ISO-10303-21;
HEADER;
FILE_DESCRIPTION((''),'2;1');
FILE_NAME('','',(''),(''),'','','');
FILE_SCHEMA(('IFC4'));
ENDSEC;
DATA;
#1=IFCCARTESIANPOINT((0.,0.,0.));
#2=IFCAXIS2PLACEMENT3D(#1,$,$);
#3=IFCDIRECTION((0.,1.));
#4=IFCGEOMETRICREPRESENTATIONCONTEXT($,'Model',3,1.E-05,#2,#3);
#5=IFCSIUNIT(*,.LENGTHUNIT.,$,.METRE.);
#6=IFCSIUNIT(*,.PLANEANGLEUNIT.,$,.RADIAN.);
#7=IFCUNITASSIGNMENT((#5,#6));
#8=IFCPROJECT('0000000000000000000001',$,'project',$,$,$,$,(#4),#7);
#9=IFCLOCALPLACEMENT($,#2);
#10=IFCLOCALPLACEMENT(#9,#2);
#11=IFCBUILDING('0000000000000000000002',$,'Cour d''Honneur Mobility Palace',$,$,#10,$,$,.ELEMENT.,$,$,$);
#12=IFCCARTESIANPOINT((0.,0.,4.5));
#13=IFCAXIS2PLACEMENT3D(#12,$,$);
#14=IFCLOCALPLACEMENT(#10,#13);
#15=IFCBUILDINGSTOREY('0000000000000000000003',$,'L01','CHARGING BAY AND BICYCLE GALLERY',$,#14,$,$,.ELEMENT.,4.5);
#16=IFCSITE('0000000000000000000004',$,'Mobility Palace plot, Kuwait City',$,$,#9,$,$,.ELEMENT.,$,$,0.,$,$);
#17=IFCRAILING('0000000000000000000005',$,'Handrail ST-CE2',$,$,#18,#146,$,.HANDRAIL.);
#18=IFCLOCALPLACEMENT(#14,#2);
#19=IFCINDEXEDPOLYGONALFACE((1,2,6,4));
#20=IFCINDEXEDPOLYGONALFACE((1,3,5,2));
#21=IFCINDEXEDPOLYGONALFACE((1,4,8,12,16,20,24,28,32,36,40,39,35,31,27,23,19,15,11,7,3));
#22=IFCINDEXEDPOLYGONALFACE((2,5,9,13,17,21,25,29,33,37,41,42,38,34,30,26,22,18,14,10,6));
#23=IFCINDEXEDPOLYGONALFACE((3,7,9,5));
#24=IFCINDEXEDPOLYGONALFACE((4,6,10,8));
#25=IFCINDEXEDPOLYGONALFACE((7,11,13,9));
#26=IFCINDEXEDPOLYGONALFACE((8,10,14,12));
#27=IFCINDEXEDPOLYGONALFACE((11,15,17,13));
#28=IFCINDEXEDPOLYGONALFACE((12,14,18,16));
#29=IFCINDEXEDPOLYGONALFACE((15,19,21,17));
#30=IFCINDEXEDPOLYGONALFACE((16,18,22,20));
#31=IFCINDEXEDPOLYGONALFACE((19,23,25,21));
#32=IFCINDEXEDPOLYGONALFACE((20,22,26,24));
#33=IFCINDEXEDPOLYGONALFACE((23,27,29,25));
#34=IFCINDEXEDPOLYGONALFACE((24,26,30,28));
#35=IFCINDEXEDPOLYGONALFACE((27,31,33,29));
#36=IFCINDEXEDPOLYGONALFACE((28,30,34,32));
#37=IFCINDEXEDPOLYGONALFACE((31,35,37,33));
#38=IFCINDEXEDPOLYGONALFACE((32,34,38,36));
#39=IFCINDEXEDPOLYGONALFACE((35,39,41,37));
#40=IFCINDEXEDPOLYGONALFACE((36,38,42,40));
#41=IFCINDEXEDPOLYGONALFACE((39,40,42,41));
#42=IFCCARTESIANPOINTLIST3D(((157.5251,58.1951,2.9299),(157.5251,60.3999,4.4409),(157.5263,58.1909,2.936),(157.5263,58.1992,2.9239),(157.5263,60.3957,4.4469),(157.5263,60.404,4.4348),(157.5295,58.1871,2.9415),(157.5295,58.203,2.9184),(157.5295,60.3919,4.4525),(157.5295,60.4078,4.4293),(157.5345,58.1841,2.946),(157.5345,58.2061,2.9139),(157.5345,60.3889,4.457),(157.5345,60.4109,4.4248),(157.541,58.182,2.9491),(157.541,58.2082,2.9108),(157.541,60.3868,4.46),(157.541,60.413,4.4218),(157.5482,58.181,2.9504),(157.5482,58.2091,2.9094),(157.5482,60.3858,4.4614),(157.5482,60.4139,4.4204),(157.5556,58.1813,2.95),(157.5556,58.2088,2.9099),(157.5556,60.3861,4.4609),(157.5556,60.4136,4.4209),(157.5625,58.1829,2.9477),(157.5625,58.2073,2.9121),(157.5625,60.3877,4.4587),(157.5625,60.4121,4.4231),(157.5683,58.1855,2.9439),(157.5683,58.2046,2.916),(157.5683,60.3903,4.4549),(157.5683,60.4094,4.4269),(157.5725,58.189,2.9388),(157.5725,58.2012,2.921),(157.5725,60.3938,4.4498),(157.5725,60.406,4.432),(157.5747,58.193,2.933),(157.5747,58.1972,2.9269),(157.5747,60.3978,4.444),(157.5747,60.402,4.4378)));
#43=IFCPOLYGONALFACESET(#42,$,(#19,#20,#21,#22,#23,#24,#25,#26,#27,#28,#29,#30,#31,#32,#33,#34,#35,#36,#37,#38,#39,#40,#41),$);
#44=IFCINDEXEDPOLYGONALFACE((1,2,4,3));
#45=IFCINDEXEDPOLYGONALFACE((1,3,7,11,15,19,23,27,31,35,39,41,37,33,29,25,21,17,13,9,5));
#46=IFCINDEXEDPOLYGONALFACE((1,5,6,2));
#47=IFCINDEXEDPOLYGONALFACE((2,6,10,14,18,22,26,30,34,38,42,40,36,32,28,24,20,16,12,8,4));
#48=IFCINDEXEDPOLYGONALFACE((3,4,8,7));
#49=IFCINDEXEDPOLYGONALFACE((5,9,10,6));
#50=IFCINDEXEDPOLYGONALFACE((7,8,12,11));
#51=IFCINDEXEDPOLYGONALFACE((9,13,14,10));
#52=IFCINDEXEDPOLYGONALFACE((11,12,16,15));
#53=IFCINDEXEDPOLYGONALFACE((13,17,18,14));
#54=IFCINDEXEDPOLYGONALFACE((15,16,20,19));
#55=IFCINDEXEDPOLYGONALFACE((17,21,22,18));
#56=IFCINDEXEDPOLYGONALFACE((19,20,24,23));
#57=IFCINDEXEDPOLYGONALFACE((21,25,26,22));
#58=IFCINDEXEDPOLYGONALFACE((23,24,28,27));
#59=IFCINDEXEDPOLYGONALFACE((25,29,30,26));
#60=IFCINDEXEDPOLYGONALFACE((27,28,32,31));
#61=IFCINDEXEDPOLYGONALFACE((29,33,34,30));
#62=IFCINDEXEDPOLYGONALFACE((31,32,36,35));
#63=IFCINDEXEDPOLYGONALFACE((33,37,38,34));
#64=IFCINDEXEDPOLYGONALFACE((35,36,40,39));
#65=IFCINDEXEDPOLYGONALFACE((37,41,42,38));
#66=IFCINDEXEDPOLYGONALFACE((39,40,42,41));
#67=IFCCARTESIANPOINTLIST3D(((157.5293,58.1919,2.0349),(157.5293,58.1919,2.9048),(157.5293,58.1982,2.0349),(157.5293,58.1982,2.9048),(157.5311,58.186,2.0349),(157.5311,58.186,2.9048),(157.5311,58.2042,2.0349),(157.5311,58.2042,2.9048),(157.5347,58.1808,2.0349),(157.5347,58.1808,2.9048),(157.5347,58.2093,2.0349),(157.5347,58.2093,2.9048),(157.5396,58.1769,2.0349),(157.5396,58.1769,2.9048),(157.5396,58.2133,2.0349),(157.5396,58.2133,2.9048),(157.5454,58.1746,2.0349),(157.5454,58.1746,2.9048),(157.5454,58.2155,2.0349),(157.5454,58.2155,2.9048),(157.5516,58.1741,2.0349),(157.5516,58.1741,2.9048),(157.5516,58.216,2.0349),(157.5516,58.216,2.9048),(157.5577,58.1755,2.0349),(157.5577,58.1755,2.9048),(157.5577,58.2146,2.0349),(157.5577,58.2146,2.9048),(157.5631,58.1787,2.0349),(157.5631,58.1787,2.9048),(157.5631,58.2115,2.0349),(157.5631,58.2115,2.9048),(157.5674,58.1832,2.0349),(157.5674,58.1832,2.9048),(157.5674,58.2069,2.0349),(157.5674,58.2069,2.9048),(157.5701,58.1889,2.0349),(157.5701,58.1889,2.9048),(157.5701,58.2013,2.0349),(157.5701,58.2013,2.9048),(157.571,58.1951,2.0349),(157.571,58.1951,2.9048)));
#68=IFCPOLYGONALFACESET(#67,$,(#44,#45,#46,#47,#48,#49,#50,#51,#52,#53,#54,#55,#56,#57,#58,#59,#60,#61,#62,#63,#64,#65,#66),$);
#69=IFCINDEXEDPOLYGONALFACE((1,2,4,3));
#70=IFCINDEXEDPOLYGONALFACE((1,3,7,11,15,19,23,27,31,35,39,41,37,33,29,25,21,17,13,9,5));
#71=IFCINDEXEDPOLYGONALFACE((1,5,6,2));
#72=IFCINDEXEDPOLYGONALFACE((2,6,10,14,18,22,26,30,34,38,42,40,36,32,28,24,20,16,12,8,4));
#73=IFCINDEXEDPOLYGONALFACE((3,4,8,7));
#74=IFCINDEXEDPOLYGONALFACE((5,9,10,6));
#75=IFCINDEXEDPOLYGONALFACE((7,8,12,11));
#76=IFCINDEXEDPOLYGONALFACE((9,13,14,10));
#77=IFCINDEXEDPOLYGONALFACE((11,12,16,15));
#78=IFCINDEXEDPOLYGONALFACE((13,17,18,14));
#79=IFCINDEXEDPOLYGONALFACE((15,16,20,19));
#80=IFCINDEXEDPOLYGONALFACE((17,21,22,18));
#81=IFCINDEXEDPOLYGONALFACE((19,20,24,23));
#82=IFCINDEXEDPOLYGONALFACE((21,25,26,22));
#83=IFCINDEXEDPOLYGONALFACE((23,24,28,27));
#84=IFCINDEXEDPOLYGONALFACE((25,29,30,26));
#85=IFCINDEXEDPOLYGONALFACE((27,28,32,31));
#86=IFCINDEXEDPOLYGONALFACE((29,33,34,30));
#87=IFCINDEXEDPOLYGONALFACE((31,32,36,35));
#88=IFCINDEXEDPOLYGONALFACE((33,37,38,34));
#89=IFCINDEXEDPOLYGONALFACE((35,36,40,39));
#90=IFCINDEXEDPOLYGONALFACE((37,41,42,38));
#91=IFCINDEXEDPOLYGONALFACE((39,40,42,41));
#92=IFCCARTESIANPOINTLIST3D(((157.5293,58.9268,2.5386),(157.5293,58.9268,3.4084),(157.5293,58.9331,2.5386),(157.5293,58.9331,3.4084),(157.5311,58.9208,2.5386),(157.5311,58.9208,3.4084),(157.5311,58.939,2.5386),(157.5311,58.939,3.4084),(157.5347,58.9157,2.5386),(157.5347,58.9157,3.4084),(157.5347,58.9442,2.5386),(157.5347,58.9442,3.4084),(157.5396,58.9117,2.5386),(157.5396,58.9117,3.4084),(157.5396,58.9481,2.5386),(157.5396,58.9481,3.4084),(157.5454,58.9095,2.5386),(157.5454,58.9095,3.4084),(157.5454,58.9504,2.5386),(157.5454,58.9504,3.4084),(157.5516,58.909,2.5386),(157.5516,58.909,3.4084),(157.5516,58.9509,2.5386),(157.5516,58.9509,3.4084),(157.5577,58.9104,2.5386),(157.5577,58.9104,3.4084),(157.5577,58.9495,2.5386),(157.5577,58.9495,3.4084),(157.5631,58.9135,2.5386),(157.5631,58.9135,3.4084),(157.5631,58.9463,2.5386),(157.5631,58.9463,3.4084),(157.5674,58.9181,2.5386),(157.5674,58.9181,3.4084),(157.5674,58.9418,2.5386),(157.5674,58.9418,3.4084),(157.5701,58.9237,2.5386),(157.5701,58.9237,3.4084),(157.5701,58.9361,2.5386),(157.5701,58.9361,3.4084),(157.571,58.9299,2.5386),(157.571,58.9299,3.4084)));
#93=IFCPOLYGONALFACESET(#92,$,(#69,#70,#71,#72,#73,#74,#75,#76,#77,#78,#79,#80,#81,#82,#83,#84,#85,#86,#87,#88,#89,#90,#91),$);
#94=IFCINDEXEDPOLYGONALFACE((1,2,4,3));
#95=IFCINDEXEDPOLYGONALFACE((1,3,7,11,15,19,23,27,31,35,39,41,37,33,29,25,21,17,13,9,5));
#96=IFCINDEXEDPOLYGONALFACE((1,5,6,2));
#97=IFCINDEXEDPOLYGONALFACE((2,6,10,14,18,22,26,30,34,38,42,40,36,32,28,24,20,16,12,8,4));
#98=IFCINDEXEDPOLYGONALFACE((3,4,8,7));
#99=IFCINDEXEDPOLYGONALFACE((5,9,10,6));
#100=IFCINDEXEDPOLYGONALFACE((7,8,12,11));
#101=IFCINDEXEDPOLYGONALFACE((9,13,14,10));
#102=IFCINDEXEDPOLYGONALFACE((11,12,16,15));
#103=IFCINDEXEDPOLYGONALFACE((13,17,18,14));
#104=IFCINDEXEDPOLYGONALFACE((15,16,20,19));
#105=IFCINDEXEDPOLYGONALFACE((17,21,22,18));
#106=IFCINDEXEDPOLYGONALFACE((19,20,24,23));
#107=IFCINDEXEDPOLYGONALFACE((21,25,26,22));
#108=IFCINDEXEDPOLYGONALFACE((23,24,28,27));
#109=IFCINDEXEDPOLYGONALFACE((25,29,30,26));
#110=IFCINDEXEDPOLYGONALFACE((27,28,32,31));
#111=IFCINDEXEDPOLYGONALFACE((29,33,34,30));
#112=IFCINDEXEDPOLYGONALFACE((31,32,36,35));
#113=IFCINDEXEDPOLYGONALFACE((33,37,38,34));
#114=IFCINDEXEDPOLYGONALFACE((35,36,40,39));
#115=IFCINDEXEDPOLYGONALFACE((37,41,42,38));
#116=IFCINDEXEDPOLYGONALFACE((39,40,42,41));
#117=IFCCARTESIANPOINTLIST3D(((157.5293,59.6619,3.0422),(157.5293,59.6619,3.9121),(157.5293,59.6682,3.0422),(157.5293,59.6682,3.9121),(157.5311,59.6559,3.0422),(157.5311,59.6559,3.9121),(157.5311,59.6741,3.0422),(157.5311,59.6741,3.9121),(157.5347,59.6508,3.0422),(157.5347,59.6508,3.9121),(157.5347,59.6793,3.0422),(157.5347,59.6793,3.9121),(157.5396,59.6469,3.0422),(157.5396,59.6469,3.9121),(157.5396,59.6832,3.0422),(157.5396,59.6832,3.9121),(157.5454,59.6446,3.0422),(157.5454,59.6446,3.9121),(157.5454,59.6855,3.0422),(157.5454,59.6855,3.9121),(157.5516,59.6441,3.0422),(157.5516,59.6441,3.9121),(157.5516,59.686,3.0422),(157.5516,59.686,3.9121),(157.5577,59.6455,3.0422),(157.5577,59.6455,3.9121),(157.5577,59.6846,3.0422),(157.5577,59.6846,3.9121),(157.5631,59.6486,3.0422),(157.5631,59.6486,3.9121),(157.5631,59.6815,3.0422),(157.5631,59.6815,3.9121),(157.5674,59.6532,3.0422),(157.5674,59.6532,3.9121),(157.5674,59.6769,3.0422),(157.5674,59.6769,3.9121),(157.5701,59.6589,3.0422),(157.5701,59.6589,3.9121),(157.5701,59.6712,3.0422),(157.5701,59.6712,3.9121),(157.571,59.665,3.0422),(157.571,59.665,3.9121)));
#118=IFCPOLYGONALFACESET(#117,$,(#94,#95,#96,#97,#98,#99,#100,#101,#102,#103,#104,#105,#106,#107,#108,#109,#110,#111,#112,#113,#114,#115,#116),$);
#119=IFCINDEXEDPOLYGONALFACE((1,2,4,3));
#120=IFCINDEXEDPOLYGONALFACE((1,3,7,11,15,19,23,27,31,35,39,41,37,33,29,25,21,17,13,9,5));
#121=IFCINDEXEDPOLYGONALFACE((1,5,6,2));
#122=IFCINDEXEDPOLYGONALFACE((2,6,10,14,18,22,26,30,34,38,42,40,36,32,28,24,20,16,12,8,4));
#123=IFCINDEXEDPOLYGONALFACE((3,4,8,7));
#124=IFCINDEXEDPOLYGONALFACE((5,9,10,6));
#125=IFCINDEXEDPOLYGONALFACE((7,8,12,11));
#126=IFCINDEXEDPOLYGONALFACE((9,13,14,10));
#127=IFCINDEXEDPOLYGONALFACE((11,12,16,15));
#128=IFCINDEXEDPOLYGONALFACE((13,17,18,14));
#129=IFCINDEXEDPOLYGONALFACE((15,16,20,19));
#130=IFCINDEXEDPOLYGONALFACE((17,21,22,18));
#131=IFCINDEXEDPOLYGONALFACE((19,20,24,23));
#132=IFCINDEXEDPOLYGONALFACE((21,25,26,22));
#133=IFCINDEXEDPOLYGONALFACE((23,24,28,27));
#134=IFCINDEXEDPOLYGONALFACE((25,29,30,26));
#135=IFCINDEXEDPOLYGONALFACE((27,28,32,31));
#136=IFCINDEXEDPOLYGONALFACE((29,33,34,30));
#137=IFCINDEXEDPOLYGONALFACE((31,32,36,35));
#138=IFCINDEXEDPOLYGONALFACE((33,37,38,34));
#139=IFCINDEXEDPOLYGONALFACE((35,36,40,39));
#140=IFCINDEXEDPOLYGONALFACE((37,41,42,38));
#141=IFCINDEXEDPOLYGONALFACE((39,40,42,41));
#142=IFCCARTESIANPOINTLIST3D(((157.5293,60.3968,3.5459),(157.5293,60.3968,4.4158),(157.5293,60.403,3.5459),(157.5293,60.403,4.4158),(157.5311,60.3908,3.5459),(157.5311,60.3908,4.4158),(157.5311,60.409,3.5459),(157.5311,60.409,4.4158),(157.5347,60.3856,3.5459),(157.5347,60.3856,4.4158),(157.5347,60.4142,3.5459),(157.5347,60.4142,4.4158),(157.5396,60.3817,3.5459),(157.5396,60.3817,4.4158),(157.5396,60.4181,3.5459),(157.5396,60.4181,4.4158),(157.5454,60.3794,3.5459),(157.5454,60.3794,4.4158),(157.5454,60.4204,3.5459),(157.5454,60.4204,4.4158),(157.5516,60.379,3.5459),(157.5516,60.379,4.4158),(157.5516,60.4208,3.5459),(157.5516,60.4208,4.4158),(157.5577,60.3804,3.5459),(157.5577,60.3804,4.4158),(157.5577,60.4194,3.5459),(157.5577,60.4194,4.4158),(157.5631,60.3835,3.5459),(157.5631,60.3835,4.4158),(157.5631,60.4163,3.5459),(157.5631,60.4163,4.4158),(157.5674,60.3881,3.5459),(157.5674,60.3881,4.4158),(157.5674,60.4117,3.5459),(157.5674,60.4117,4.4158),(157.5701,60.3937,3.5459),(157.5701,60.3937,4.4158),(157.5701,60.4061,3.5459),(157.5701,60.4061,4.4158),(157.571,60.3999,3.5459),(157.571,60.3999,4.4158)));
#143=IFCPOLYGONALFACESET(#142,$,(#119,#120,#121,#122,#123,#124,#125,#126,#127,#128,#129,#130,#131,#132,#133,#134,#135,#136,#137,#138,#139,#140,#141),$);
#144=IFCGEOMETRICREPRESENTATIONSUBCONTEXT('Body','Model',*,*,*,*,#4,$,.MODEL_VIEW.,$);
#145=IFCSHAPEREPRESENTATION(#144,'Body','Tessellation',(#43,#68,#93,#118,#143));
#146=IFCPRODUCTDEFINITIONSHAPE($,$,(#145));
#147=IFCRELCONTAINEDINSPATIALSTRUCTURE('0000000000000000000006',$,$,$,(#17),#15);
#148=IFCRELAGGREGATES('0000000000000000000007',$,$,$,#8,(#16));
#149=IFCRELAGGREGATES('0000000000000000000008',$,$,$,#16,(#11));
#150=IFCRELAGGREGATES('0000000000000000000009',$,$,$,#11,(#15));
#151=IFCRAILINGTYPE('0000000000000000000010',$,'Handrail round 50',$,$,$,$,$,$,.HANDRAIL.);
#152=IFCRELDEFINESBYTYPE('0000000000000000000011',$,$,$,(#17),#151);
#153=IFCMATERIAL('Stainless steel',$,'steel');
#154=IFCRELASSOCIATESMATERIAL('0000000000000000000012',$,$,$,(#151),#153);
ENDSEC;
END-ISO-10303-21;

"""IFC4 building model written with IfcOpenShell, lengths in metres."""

from ifc_helpers import new_model, si_unit, direction, frame, origin, origin_2d, place, context, subcontext, project, spatial, circle, extrude, material, type_object, element, save


model = new_model("IFC4")

# Units and contexts
model_context = context("Model", 3, precision=1e-05, world=origin(), true_north=direction((0.0, 1.0)))
body_context = subcontext(model_context, "Body", "Model", "MODEL_VIEW")
ifc_project = project(units=[si_unit("LENGTHUNIT", "METRE"), si_unit("PLANEANGLEUNIT", "RADIAN")], contexts=[model_context])

# Site, building, storey
site_placement = place(None, origin())
site = spatial("IfcSite", under=ifc_project, at=site_placement, Name="Mobility Palace plot, Kuwait City", CompositionType="ELEMENT", RefElevation=0.0)
building_placement = place(site_placement, origin())
building = spatial("IfcBuilding", under=site, at=building_placement, Name="Cour d'Honneur Mobility Palace", CompositionType="ELEMENT")
storey_placement = place(building_placement, frame((0.0, 0.0, 4.5)))
storey = spatial("IfcBuildingStorey", under=building, at=storey_placement, Name="L01", Description="CHARGING BAY AND BICYCLE GALLERY", CompositionType="ELEMENT", Elevation=4.5)

# Railing
ifc_material_1 = material(Name="Stainless steel", Category="steel")
railing_type_1 = type_object("IfcRailingType", Name="Handrail round 50", PredefinedType="HANDRAIL", material=ifc_material_1)
railing_1_placement = place(storey_placement, frame((157.55, 58.1951, 2.0349)))
element("IfcRailing", 1, at=railing_1_placement, inside=storey, type_object=railing_type_1, Name="Handrail ST-CE2", PredefinedType="HANDRAIL", context=body_context, shape_type="SweptSolid", body=[
    extrude(circle(Radius=0.0249, at=origin_2d()), frame((0.0, 0.0, 0.895), z_axis=(0.0, 0.824886, 0.565299), x_axis=(-1.0, 0.0, 0.0)), (0.0, 0.0, 1.0), 2.6729),
    extrude(circle(Radius=0.021, at=origin_2d()), origin(), (0.0, 0.0, 1.0), 0.8699),
    extrude(circle(Radius=0.021, at=origin_2d()), frame((0.0, 0.7349, 0.5037)), (0.0, 0.0, 1.0), 0.8699),
    extrude(circle(Radius=0.021, at=origin_2d()), frame((0.0, 1.47, 1.0073)), (0.0, 0.0, 1.0), 0.8699),
    extrude(circle(Radius=0.021, at=origin_2d()), frame((0.0, 2.2048, 1.511)), (0.0, 0.0, 1.0), 0.8699),
])

save(model, "model.ifc")
